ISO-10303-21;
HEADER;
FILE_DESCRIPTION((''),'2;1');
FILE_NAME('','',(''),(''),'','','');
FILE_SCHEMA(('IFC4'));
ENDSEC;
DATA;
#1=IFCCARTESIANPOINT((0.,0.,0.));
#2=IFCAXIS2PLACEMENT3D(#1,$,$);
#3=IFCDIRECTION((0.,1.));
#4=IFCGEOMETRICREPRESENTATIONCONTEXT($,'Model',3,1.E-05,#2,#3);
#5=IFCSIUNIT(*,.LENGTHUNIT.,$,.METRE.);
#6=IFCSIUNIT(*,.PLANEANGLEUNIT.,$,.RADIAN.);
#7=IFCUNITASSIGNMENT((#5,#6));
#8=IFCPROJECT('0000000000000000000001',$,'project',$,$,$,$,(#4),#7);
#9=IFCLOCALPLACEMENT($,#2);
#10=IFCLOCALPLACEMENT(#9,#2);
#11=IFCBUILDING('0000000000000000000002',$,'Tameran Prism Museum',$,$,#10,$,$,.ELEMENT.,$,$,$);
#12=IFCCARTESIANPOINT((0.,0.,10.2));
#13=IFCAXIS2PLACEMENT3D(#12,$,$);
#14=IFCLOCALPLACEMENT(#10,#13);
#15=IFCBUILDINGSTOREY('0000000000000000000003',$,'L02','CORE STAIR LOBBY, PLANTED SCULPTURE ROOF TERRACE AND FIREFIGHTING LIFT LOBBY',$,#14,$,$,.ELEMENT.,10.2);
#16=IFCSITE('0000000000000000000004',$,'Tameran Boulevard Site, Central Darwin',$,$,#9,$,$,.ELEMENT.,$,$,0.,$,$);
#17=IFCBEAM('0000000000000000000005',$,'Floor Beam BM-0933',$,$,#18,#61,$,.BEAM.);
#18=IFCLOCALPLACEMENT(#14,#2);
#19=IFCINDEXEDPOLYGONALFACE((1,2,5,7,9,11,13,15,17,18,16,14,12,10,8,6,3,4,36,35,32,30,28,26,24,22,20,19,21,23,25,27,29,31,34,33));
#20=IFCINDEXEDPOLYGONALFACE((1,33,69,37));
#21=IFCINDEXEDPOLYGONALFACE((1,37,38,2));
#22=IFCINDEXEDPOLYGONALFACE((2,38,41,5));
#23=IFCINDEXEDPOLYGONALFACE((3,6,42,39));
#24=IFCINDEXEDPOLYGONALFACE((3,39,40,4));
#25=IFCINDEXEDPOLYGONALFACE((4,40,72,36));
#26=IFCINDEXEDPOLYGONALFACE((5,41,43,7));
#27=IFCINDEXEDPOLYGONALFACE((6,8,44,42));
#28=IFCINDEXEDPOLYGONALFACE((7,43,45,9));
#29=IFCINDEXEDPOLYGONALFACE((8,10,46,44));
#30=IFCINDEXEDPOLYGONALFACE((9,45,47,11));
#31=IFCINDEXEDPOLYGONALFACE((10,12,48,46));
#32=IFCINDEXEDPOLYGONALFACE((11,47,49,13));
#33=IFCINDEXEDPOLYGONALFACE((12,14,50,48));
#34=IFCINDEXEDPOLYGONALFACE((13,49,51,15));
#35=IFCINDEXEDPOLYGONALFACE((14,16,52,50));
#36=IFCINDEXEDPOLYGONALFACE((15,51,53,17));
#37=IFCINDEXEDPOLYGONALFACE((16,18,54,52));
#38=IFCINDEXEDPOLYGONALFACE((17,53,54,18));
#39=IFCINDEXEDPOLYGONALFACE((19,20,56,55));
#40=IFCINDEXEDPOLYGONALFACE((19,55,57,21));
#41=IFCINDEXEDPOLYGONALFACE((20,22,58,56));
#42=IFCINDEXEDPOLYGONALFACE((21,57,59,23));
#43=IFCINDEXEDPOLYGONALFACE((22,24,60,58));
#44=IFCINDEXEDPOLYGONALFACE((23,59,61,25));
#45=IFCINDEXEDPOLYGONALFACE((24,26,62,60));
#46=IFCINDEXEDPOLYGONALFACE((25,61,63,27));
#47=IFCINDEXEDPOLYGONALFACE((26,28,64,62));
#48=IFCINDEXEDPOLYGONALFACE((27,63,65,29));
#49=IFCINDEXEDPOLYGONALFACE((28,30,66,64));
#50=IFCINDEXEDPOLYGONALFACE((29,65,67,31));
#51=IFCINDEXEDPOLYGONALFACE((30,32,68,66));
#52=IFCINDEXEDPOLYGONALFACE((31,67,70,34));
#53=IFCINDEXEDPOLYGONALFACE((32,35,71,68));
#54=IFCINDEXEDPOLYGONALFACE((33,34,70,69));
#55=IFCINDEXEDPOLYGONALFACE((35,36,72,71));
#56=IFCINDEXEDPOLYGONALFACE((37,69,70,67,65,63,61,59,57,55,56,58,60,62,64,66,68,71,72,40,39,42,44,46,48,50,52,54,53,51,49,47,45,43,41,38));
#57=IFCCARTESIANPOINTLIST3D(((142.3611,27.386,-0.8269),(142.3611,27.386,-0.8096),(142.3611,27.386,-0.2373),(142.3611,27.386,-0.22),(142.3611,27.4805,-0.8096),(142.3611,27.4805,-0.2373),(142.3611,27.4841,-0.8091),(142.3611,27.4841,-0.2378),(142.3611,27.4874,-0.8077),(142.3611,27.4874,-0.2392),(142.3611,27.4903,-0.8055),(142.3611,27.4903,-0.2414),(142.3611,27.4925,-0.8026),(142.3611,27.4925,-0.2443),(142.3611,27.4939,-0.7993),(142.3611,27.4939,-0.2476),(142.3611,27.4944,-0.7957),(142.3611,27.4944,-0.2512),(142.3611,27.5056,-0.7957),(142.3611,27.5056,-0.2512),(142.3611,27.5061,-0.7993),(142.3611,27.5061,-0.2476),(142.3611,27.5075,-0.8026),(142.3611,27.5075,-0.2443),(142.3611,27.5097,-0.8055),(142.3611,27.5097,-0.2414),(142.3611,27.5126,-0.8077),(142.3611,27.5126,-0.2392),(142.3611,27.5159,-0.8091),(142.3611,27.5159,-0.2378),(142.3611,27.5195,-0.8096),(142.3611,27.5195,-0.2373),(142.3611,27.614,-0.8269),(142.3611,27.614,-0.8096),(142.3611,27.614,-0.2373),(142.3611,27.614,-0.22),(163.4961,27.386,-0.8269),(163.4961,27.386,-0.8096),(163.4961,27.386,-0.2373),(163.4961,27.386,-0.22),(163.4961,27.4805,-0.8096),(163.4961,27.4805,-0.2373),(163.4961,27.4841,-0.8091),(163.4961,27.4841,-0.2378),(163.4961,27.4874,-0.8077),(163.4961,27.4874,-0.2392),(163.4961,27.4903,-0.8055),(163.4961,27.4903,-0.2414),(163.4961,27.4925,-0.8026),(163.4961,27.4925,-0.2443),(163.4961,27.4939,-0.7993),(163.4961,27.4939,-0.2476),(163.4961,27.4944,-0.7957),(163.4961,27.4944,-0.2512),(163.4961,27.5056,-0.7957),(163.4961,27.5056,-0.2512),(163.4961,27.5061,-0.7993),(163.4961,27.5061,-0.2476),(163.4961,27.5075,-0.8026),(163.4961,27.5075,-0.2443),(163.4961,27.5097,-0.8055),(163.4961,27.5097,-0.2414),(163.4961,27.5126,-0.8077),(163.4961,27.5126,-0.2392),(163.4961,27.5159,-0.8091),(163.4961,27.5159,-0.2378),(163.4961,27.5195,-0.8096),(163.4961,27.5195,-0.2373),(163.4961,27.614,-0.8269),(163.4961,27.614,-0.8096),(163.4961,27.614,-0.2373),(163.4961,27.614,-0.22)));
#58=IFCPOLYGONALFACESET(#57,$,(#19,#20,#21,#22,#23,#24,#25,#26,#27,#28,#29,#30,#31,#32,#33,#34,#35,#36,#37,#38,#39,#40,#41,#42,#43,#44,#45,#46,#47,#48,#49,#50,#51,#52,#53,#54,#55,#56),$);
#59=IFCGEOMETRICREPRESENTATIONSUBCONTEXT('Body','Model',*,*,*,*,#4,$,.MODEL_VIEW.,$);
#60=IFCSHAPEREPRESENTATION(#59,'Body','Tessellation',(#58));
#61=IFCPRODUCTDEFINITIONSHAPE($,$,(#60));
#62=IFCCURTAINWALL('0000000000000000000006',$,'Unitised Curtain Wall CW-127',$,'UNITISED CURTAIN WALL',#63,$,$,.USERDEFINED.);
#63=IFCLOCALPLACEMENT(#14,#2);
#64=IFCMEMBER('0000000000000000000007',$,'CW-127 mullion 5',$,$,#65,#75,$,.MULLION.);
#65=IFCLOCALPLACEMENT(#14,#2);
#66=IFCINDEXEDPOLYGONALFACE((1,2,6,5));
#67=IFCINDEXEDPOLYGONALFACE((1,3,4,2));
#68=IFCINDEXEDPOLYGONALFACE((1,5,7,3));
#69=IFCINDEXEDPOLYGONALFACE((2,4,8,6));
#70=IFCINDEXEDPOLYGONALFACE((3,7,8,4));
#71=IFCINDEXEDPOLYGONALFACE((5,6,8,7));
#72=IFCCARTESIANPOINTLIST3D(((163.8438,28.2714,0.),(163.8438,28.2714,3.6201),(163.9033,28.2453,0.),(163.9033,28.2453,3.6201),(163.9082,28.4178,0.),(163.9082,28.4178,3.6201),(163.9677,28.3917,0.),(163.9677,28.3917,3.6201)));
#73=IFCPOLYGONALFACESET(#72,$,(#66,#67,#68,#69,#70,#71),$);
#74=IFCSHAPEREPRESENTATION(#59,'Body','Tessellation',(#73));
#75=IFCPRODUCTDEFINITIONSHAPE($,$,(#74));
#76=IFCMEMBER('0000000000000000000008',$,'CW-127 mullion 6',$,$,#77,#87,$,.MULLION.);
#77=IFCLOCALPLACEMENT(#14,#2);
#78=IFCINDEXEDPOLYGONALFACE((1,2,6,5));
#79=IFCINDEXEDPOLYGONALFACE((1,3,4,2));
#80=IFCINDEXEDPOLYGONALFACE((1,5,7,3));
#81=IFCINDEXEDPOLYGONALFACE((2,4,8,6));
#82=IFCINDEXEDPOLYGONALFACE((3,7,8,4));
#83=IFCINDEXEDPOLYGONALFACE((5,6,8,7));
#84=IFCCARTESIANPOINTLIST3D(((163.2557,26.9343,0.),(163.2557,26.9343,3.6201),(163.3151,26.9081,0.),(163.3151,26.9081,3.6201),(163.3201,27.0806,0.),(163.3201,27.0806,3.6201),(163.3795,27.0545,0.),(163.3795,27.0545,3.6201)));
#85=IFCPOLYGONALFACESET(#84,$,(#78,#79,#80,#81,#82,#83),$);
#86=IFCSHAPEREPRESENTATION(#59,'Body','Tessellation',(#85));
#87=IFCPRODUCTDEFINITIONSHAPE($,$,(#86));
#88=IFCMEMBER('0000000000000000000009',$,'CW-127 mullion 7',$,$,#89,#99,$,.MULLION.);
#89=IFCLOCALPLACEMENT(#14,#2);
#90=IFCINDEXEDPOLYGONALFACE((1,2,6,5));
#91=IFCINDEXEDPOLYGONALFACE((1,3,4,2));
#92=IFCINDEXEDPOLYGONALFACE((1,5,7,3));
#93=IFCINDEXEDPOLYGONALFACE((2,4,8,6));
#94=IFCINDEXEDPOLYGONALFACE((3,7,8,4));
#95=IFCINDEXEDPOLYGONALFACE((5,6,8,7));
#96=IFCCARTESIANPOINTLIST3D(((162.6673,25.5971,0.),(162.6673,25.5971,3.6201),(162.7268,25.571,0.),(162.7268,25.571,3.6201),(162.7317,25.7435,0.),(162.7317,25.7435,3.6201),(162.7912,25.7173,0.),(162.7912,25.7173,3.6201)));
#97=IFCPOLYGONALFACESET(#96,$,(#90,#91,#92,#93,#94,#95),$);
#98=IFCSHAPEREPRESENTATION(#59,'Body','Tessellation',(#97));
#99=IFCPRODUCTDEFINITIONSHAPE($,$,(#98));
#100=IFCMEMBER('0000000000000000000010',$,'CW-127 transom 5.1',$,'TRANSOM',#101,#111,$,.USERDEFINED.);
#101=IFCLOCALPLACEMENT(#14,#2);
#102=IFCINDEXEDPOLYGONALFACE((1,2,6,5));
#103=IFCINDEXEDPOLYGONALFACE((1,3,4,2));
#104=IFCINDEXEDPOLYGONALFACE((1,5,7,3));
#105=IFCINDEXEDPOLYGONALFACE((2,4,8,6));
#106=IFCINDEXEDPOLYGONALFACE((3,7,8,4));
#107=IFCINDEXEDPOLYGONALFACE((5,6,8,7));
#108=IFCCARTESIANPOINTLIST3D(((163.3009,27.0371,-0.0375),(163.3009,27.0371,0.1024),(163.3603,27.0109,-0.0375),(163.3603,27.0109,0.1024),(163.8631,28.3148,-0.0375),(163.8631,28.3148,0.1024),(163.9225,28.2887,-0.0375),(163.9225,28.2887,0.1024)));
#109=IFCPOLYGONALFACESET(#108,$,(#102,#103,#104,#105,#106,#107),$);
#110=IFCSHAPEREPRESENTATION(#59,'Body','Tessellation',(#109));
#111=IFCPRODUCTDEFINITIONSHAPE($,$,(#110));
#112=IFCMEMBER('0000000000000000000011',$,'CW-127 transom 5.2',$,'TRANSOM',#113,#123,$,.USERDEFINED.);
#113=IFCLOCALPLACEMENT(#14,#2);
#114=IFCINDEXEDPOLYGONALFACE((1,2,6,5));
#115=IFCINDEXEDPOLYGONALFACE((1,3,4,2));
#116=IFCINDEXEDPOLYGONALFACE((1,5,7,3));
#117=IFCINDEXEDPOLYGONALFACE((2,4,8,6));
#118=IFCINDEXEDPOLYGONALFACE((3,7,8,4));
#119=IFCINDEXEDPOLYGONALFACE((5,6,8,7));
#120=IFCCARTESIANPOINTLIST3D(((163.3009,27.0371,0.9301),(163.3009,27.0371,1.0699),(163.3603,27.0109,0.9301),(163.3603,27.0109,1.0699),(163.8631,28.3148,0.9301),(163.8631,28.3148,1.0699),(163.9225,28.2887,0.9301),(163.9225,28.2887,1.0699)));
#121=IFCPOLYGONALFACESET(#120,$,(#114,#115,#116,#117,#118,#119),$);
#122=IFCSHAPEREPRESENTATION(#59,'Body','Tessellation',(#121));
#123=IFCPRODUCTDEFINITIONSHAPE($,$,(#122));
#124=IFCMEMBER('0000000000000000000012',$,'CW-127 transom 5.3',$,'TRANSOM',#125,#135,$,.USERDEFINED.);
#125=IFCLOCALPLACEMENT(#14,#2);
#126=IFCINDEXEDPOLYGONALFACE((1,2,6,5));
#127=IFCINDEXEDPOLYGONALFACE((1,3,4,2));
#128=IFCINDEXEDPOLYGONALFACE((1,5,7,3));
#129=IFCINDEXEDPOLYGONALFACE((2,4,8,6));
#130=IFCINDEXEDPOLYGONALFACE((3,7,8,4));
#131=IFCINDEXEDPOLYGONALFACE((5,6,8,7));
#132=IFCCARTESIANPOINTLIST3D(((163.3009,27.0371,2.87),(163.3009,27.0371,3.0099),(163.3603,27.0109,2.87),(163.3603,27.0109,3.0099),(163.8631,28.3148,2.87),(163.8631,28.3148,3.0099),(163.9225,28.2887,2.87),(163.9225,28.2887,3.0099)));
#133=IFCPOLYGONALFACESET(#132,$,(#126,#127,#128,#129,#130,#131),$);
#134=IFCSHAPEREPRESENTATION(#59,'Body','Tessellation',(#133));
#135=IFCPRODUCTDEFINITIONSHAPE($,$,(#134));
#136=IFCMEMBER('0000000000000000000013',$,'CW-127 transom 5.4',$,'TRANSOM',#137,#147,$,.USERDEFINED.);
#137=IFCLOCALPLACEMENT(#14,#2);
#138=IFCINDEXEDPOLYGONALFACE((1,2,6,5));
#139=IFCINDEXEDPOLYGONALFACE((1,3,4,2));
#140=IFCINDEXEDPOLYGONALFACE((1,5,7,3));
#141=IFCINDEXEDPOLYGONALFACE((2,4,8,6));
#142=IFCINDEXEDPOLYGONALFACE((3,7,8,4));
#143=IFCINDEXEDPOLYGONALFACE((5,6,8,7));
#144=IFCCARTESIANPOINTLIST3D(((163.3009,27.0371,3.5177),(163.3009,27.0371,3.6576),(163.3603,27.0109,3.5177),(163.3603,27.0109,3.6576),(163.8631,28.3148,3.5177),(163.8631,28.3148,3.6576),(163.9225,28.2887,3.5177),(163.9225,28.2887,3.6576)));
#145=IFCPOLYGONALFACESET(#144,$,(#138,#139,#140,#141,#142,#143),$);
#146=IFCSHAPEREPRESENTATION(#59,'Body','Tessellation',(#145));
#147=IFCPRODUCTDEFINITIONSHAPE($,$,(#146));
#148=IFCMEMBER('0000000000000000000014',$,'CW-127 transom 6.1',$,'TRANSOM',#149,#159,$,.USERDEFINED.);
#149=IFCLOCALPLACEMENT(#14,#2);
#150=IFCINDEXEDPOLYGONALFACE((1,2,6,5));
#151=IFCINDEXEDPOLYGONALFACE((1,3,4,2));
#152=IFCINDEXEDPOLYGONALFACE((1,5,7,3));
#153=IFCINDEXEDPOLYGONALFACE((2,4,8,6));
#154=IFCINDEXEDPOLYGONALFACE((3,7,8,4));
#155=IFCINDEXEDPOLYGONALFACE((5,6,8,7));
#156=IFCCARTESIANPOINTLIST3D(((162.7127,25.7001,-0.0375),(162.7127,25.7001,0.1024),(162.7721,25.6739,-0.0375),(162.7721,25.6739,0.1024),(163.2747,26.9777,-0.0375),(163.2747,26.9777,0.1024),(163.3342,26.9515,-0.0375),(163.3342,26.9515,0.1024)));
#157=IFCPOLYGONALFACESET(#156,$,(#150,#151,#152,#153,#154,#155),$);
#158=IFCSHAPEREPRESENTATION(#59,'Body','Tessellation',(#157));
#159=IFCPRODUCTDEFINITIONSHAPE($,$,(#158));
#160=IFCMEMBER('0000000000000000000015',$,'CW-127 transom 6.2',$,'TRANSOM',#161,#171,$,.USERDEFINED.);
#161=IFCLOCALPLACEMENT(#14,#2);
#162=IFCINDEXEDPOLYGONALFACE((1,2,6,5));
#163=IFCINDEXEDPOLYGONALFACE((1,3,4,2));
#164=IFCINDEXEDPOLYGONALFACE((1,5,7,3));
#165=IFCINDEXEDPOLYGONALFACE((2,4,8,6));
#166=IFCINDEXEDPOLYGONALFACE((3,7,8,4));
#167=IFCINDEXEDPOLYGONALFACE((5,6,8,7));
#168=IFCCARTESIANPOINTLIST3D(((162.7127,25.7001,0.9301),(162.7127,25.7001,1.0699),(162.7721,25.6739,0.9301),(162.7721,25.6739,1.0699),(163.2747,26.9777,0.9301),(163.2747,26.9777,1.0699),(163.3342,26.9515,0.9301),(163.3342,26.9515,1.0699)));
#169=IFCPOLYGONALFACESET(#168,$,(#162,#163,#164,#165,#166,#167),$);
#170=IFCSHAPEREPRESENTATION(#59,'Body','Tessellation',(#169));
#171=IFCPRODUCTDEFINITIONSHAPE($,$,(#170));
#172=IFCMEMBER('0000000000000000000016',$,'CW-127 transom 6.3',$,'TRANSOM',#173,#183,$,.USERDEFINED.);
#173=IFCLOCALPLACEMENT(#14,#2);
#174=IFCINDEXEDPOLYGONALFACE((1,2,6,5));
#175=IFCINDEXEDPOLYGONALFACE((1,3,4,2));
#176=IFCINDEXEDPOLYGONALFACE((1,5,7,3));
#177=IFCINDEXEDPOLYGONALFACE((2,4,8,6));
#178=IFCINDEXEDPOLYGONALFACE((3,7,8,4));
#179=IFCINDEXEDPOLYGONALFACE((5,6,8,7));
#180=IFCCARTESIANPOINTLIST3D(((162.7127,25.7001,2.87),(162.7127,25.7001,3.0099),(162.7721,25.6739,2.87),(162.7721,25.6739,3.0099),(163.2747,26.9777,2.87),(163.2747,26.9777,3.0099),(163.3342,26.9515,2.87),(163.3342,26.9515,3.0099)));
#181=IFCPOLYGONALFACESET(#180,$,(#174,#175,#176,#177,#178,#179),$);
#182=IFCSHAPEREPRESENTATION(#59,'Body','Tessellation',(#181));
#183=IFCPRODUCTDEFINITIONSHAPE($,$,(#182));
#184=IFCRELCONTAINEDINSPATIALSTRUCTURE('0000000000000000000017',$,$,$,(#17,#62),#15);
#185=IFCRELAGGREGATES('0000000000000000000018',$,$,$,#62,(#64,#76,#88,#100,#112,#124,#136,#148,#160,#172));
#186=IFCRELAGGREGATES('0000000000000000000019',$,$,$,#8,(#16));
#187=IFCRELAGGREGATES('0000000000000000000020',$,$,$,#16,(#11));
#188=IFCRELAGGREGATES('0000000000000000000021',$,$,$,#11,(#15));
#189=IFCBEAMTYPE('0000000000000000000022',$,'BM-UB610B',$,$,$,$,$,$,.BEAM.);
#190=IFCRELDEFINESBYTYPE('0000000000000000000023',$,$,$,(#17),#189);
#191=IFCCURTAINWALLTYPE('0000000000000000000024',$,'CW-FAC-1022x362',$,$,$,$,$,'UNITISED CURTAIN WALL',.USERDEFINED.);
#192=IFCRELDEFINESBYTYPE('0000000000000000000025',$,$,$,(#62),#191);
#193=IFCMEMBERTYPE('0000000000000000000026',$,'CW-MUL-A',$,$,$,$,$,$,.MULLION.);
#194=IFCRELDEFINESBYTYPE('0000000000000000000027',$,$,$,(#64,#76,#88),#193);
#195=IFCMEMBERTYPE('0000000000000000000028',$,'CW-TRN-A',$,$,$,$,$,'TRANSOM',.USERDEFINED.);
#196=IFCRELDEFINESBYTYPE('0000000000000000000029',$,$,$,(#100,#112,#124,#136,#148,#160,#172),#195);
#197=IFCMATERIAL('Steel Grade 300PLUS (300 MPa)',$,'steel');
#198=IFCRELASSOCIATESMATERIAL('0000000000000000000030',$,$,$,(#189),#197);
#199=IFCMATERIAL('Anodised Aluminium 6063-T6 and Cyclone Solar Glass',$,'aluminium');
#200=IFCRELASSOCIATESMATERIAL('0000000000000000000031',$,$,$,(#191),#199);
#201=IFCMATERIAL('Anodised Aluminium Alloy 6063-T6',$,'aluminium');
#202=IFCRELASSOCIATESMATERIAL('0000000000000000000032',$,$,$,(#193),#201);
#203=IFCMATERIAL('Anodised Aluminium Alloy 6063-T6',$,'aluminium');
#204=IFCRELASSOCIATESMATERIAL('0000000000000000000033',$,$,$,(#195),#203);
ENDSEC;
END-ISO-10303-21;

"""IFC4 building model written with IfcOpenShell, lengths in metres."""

from ifc_helpers import new_model, si_unit, direction, frame, origin, origin_2d, place, context, subcontext, project, spatial, rectangle, i_section, extrude, material, material_profile, profile_set, type_object, element, aggregate, save


model = new_model("IFC4")

# Units and contexts
model_context = context("Model", 3, precision=1e-05, world=origin(), true_north=direction((0.0, 1.0)))
body_context = subcontext(model_context, "Body", "Model", "MODEL_VIEW")
ifc_project = project(units=[si_unit("LENGTHUNIT", "METRE"), si_unit("PLANEANGLEUNIT", "RADIAN")], contexts=[model_context])

# Site, building, storey
site_placement = place(None, origin())
site = spatial("IfcSite", under=ifc_project, at=site_placement, Name="Tameran Boulevard Site, Central Darwin", CompositionType="ELEMENT", RefElevation=0.0)
building_placement = place(site_placement, origin())
building = spatial("IfcBuilding", under=site, at=building_placement, Name="Tameran Prism Museum", CompositionType="ELEMENT")
storey_placement = place(building_placement, frame((0.0, 0.0, 10.2)))
storey = spatial("IfcBuildingStorey", under=building, at=storey_placement, Name="L02", Description="CORE STAIR LOBBY, PLANTED SCULPTURE ROOF TERRACE AND FIREFIGHTING LIFT LOBBY", CompositionType="ELEMENT", Elevation=10.2)

# Beam
ifc_material_1 = material(Name="Steel Grade 300PLUS (300 MPa)", Category="steel")
ifc_material_profile_1 = material_profile(ifc_material_1, i_section(OverallWidth=0.228, OverallDepth=0.6069, WebThickness=0.0112, FlangeThickness=0.0173, FilletRadius=0.0139, at=origin_2d()))
ifc_profile_set_1 = profile_set([ifc_material_profile_1])
beam_type = type_object("IfcBeamType", Name="BM-UB610B", PredefinedType="BEAM", material=ifc_profile_set_1)
beam_placement = place(storey_placement, frame((142.3611, 27.5, -0.5234), z_axis=(1.0, 0.0, 0.0), x_axis=(0.0, 1.0, 0.0)))
element("IfcBeam", 1, at=beam_placement, inside=storey, type_object=beam_type, Name="Floor Beam BM-0933", PredefinedType="BEAM", context=body_context, shape_type="SweptSolid", body=[
    extrude(i_section(OverallWidth=0.228, OverallDepth=0.6069, WebThickness=0.0112, FlangeThickness=0.0173, FilletRadius=0.0139, at=origin_2d()), origin(), (0.0, 0.0, 1.0), 21.135),
])

# Curtain wall, members
ifc_material_2 = material(Name="Anodised Aluminium 6063-T6 and Cyclone Solar Glass", Category="aluminium")
curtain_wall_type = type_object("IfcCurtainWallType", Name="CW-FAC-1022x362", ElementType="UNITISED CURTAIN WALL", PredefinedType="USERDEFINED", material=ifc_material_2)
curtain_wall_placement = place(storey_placement, origin())
curtain_wall = element("IfcCurtainWall", 2, at=curtain_wall_placement, inside=storey, type_object=curtain_wall_type, Name="Unitised Curtain Wall CW-127", ObjectType="UNITISED CURTAIN WALL", PredefinedType="USERDEFINED")
ifc_material_3 = material(Name="Anodised Aluminium Alloy 6063-T6", Category="aluminium")
ifc_material_profile_2 = material_profile(ifc_material_3, rectangle(XDim=0.0649, YDim=0.1599, at=origin_2d()))
ifc_profile_set_2 = profile_set([ifc_material_profile_2])
member_type_1 = type_object("IfcMemberType", Name="CW-MUL-A", PredefinedType="MULLION", material=ifc_profile_set_2)
member_1_placement = place(storey_placement, frame((163.9058, 28.3315, 0.0), z_axis=(0.0, 0.0, 1.0), x_axis=(0.915329, -0.402706, 0.0)))
member_1 = element("IfcMember", 3, at=member_1_placement, type_object=member_type_1, Name="CW-127 mullion 5", PredefinedType="MULLION", context=body_context, shape_type="SweptSolid", body=[
    extrude(rectangle(XDim=0.0649, YDim=0.1599, at=origin_2d()), origin(), (0.0, 0.0, 1.0), 3.6201),
])
member_2_placement = place(storey_placement, frame((163.3176, 26.9944, 0.0), z_axis=(0.0, 0.0, 1.0), x_axis=(0.915329, -0.402706, 0.0)))
member_2 = element("IfcMember", 4, at=member_2_placement, type_object=member_type_1, Name="CW-127 mullion 6", PredefinedType="MULLION", context=body_context, shape_type="SweptSolid", body=[
    extrude(rectangle(XDim=0.0649, YDim=0.1599, at=origin_2d()), origin(), (0.0, 0.0, 1.0), 3.6201),
])
member_3_placement = place(storey_placement, frame((162.7292, 25.6572, 0.0), z_axis=(0.0, 0.0, 1.0), x_axis=(0.915329, -0.402706, 0.0)))
member_3 = element("IfcMember", 5, at=member_3_placement, type_object=member_type_1, Name="CW-127 mullion 7", PredefinedType="MULLION", context=body_context, shape_type="SweptSolid", body=[
    extrude(rectangle(XDim=0.0649, YDim=0.1599, at=origin_2d()), origin(), (0.0, 0.0, 1.0), 3.6201),
])
ifc_material_4 = material(Name="Anodised Aluminium Alloy 6063-T6", Category="aluminium")
ifc_material_profile_3 = material_profile(ifc_material_4, rectangle(XDim=0.0649, YDim=0.1399, at=origin_2d()))
ifc_profile_set_3 = profile_set([ifc_material_profile_3])
member_type_2 = type_object("IfcMemberType", Name="CW-TRN-A", ElementType="TRANSOM", PredefinedType="USERDEFINED", material=ifc_profile_set_3)
member_4_placement = place(storey_placement, frame((163.8928, 28.3018, 0.0325), z_axis=(-0.402744, -0.915312, 0.0), x_axis=(0.915312, -0.402744, 0.0)))
member_4 = element("IfcMember", 6, at=member_4_placement, type_object=member_type_2, Name="CW-127 transom 5.1", ObjectType="TRANSOM", PredefinedType="USERDEFINED", context=body_context, shape_type="SweptSolid", body=[
    extrude(rectangle(XDim=0.0649, YDim=0.1399, at=origin_2d()), origin(), (0.0, 0.0, 1.0), 1.396),
])
member_5_placement = place(storey_placement, frame((163.8928, 28.3018, 1.0), z_axis=(-0.402744, -0.915312, 0.0), x_axis=(0.915312, -0.402744, 0.0)))
member_5 = element("IfcMember", 7, at=member_5_placement, type_object=member_type_2, Name="CW-127 transom 5.2", ObjectType="TRANSOM", PredefinedType="USERDEFINED", context=body_context, shape_type="SweptSolid", body=[
    extrude(rectangle(XDim=0.0649, YDim=0.1399, at=origin_2d()), origin(), (0.0, 0.0, 1.0), 1.396),
])
member_6_placement = place(storey_placement, frame((163.8928, 28.3018, 2.9399), z_axis=(-0.402744, -0.915312, 0.0), x_axis=(0.915312, -0.402744, 0.0)))
member_6 = element("IfcMember", 8, at=member_6_placement, type_object=member_type_2, Name="CW-127 transom 5.3", ObjectType="TRANSOM", PredefinedType="USERDEFINED", context=body_context, shape_type="SweptSolid", body=[
    extrude(rectangle(XDim=0.0649, YDim=0.1399, at=origin_2d()), origin(), (0.0, 0.0, 1.0), 1.396),
])
member_7_placement = place(storey_placement, frame((163.8928, 28.3018, 3.5876), z_axis=(-0.402744, -0.915312, 0.0), x_axis=(0.915312, -0.402744, 0.0)))
member_7 = element("IfcMember", 9, at=member_7_placement, type_object=member_type_2, Name="CW-127 transom 5.4", ObjectType="TRANSOM", PredefinedType="USERDEFINED", context=body_context, shape_type="SweptSolid", body=[
    extrude(rectangle(XDim=0.0649, YDim=0.1399, at=origin_2d()), origin(), (0.0, 0.0, 1.0), 1.396),
])
member_8_placement = place(storey_placement, frame((163.3044, 26.9646, 0.0325), z_axis=(-0.402662, -0.915349, 0.0), x_axis=(0.915349, -0.402662, 0.0)))
member_8 = element("IfcMember", 10, at=member_8_placement, type_object=member_type_2, Name="CW-127 transom 6.1", ObjectType="TRANSOM", PredefinedType="USERDEFINED", context=body_context, shape_type="SweptSolid", body=[
    extrude(rectangle(XDim=0.0649, YDim=0.1399, at=origin_2d()), origin(), (0.0, 0.0, 1.0), 1.3958),
])
member_9_placement = place(storey_placement, frame((163.3044, 26.9646, 1.0), z_axis=(-0.402662, -0.915349, 0.0), x_axis=(0.915349, -0.402662, 0.0)))
member_9 = element("IfcMember", 11, at=member_9_placement, type_object=member_type_2, Name="CW-127 transom 6.2", ObjectType="TRANSOM", PredefinedType="USERDEFINED", context=body_context, shape_type="SweptSolid", body=[
    extrude(rectangle(XDim=0.0649, YDim=0.1399, at=origin_2d()), origin(), (0.0, 0.0, 1.0), 1.3958),
])
member_10_placement = place(storey_placement, frame((163.3044, 26.9646, 2.9399), z_axis=(-0.402662, -0.915349, 0.0), x_axis=(0.915349, -0.402662, 0.0)))
member_10 = element("IfcMember", 12, at=member_10_placement, type_object=member_type_2, Name="CW-127 transom 6.3", ObjectType="TRANSOM", PredefinedType="USERDEFINED", context=body_context, shape_type="SweptSolid", body=[
    extrude(rectangle(XDim=0.0649, YDim=0.1399, at=origin_2d()), origin(), (0.0, 0.0, 1.0), 1.3958),
])

aggregate(curtain_wall, [member_1, member_2, member_3, member_4, member_5, member_6, member_7, member_8, member_9, member_10])

save(model, "model.ifc")
